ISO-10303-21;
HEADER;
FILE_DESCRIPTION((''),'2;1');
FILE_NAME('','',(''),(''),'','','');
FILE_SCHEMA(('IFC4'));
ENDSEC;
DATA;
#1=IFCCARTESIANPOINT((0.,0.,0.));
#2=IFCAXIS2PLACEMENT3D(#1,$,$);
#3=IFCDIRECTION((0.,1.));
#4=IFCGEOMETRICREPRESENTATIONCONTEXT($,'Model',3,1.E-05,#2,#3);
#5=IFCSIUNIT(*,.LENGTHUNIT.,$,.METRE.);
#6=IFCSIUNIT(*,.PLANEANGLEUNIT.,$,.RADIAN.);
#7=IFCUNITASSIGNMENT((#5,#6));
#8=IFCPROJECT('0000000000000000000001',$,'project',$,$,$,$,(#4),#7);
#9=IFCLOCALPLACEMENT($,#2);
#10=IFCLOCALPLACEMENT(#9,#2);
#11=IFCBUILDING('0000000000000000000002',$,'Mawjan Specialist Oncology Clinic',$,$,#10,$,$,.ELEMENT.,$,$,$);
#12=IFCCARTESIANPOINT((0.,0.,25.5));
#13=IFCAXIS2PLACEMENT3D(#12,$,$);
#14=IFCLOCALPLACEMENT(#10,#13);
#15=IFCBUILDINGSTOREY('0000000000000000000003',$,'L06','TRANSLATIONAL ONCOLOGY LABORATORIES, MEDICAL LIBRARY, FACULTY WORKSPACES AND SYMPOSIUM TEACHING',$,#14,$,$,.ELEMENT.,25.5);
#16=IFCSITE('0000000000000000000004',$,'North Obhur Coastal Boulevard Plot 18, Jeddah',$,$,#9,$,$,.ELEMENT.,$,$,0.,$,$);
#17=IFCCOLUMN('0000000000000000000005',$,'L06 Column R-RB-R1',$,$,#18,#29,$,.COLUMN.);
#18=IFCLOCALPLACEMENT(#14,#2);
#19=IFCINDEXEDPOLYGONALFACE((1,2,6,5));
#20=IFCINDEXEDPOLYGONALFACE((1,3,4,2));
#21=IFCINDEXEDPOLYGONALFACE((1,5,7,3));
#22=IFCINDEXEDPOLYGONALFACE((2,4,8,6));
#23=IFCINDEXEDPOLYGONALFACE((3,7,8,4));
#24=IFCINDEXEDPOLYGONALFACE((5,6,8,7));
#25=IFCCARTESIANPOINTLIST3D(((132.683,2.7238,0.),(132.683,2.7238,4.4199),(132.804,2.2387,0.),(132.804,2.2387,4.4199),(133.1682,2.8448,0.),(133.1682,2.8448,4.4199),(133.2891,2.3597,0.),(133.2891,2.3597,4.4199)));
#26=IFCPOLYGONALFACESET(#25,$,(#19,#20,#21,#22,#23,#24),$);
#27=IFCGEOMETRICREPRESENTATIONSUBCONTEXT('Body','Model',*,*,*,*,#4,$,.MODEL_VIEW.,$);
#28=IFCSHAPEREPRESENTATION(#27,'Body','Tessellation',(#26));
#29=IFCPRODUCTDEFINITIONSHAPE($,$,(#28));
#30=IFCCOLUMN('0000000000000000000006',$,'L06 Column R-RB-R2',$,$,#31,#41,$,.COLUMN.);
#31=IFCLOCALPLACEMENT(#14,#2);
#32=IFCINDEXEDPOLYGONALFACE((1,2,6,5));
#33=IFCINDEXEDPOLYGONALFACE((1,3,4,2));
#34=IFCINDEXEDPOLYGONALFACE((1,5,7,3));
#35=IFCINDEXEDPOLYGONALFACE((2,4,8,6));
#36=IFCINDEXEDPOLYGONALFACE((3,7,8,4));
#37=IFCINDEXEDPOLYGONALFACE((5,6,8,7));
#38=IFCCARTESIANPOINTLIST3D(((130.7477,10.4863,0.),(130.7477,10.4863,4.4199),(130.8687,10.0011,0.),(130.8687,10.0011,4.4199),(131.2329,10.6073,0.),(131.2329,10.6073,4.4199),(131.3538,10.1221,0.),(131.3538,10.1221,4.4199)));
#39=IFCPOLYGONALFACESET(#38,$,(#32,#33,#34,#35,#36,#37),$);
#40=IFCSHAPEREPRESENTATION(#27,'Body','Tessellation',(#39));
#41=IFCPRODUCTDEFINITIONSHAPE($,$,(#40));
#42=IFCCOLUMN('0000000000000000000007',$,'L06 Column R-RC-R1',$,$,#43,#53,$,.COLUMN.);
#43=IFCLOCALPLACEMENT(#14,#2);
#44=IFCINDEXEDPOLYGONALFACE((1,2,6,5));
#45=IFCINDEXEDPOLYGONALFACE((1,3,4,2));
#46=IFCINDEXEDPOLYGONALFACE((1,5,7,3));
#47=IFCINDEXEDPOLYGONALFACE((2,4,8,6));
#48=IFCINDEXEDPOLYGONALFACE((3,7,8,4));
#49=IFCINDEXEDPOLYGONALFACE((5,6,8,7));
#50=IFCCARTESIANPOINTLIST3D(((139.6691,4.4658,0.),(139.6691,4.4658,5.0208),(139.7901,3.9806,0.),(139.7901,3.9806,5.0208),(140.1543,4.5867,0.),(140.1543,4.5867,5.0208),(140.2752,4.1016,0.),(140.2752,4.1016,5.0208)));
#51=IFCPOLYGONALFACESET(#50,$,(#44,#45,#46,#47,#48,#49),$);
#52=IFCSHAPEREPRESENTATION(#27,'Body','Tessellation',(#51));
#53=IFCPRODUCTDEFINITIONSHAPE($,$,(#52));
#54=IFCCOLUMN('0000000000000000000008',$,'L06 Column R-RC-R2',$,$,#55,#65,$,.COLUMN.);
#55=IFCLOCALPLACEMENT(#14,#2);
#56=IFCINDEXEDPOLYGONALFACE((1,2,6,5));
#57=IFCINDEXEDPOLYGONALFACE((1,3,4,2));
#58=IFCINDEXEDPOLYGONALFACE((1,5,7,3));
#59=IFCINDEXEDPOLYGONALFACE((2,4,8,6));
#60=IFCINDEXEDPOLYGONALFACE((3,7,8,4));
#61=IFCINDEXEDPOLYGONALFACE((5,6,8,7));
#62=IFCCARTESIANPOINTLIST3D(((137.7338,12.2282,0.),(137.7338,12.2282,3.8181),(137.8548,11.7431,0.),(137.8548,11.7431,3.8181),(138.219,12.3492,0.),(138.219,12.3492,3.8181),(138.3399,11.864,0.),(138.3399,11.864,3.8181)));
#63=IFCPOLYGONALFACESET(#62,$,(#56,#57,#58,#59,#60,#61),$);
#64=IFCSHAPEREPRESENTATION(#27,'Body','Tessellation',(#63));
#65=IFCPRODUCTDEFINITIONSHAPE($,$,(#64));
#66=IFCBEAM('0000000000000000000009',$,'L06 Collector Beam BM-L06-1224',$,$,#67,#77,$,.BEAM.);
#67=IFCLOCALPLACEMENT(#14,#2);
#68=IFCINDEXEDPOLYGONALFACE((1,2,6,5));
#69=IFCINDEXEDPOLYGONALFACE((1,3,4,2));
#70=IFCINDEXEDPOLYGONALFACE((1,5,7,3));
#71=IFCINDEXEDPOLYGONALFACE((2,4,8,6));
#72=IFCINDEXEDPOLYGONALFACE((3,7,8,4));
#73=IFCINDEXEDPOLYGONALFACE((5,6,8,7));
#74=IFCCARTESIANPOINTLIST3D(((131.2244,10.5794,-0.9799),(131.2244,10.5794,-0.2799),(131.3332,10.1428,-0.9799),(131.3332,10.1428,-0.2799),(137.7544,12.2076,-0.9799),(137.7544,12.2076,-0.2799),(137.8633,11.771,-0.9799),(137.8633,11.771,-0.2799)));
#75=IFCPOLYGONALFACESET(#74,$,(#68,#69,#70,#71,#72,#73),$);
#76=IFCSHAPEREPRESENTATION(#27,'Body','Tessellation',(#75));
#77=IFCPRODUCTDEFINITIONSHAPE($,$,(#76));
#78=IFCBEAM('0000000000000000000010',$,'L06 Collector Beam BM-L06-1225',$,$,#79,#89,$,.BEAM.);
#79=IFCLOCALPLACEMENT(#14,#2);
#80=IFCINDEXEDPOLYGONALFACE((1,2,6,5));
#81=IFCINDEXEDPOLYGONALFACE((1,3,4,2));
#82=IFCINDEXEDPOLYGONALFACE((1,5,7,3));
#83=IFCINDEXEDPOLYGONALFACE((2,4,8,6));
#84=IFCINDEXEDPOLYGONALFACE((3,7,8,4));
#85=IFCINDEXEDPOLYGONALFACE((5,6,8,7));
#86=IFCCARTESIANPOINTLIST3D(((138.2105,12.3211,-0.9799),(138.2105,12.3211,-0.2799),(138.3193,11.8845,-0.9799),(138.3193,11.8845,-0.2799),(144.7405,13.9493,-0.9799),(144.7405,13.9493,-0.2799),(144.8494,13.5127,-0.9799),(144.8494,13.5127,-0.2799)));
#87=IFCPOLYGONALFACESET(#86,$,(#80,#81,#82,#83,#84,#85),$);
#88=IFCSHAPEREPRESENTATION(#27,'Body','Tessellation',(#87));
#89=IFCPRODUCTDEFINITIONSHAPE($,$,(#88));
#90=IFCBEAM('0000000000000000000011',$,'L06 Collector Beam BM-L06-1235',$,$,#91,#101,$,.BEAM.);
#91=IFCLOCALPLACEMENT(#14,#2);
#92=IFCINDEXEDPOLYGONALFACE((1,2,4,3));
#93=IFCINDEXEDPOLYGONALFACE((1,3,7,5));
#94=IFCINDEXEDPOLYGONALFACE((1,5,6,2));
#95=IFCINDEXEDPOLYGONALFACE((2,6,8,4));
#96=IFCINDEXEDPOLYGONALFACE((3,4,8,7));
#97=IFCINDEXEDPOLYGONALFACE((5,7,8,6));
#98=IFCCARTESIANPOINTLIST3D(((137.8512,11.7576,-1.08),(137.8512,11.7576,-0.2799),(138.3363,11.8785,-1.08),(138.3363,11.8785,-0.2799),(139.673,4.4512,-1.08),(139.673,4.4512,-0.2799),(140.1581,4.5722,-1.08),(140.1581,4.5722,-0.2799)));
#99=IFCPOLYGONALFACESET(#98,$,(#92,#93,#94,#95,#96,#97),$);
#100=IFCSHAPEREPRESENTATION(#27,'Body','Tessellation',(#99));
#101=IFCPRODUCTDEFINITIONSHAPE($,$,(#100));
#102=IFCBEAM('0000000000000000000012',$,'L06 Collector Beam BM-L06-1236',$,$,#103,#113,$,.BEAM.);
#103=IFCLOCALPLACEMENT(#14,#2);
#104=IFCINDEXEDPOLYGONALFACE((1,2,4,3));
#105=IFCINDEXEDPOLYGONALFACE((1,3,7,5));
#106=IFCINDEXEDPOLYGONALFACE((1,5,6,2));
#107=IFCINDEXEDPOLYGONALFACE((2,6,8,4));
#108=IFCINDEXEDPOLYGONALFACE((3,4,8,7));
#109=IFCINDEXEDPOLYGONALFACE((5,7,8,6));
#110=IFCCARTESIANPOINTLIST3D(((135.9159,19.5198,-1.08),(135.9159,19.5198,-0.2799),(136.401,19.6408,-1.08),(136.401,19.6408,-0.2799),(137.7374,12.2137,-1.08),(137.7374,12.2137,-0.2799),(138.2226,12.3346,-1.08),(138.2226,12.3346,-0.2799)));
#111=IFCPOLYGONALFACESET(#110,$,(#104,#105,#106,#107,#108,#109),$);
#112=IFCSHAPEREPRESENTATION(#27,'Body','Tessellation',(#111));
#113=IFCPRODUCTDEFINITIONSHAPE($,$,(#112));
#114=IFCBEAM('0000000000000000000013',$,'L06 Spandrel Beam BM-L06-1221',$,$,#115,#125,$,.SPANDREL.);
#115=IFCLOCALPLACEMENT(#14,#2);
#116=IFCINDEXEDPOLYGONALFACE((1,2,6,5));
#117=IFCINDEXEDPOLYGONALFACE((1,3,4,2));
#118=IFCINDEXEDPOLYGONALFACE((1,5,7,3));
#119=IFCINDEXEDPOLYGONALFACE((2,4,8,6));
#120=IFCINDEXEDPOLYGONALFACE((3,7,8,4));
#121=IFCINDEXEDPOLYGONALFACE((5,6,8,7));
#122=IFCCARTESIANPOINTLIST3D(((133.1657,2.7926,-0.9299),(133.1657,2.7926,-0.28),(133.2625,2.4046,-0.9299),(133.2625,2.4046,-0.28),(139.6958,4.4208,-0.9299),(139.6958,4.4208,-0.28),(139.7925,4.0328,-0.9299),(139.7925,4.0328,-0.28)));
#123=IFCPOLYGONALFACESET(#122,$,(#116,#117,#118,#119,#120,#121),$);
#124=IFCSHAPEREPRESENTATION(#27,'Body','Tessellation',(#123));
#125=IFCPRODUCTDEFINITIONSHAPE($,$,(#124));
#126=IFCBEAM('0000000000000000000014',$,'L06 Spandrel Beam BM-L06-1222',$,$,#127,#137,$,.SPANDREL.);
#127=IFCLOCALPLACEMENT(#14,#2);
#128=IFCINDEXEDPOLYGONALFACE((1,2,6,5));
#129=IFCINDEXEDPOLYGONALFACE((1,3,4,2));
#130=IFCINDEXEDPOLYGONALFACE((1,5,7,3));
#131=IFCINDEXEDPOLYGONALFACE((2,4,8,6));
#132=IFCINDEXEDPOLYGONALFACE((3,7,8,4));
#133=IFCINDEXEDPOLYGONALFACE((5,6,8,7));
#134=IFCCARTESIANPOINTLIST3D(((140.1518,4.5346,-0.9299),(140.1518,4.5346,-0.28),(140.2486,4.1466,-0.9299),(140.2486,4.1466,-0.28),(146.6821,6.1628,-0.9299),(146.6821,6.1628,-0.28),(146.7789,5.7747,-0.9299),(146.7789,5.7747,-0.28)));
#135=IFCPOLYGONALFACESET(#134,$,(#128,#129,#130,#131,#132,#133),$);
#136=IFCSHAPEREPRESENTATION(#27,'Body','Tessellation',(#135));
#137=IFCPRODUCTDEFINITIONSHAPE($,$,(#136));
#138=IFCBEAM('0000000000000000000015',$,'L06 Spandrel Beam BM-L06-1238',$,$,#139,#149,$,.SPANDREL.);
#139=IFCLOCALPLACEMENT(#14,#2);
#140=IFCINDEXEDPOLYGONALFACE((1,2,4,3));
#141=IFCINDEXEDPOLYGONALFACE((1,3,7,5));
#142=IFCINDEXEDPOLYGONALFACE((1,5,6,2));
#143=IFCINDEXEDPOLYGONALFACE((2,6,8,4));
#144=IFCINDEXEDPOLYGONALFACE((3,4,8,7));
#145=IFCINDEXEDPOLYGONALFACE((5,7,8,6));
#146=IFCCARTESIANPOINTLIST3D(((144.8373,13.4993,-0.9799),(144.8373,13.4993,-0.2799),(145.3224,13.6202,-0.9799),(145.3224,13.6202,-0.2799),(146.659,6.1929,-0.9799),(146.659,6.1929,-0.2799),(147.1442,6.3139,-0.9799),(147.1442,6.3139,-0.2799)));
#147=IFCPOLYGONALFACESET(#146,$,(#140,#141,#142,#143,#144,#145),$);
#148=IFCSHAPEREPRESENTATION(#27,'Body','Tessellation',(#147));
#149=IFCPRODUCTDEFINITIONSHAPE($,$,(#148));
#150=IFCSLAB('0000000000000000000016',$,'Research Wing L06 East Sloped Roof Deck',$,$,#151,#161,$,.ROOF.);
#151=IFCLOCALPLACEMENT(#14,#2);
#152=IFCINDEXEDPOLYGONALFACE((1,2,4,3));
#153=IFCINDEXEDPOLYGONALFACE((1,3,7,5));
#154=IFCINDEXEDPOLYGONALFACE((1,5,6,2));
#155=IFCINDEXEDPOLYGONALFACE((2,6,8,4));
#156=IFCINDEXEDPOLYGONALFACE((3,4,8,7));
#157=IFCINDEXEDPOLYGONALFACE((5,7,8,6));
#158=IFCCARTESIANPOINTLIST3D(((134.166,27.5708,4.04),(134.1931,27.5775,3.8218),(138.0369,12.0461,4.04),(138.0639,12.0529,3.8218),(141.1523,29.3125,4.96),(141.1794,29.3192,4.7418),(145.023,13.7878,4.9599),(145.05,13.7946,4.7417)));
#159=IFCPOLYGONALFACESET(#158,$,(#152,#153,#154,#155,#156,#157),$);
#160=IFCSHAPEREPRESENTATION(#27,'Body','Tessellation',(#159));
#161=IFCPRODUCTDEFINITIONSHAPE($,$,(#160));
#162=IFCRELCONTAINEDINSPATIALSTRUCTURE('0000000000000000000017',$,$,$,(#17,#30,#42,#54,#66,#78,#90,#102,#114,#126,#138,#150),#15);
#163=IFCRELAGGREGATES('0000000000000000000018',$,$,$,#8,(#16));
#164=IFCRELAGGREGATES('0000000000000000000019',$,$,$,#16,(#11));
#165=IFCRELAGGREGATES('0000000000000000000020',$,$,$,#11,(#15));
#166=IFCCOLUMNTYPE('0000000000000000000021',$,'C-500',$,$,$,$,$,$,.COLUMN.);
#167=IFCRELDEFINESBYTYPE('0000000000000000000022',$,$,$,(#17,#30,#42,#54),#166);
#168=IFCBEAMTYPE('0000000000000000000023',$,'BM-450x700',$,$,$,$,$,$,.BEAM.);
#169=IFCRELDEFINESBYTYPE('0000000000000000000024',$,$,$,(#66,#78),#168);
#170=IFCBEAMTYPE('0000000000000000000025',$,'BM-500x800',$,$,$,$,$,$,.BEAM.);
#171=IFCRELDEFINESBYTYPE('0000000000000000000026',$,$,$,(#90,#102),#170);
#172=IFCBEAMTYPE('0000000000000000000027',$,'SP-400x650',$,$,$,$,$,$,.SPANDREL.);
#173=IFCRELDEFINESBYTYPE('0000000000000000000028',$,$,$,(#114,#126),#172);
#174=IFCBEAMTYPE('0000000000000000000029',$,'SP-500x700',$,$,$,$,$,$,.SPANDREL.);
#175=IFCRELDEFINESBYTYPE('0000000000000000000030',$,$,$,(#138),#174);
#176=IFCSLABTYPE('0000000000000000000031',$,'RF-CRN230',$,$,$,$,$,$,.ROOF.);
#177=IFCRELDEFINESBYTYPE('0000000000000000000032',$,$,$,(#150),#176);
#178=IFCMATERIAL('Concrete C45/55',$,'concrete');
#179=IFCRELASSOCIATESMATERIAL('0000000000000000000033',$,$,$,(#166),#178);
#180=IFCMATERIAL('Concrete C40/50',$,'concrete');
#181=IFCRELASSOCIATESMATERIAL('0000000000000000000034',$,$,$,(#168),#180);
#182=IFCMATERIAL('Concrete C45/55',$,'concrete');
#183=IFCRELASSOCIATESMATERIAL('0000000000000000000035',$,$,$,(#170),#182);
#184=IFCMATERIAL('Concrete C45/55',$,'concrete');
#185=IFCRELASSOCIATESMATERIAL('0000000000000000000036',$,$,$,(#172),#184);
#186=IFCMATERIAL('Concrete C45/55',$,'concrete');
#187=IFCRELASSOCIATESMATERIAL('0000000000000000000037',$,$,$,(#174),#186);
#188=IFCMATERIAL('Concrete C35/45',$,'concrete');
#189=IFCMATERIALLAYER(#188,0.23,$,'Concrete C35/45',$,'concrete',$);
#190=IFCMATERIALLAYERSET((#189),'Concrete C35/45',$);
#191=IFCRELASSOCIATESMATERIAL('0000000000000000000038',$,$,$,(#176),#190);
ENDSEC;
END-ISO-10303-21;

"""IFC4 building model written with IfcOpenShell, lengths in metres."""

from ifc_helpers import new_model, si_unit, direction, frame, origin, origin_2d, place, context, subcontext, project, spatial, polyline, rectangle, outline, extrude, material, layer, layer_set, material_profile, profile_set, type_object, element, save


model = new_model("IFC4")

# Units and contexts
model_context = context("Model", 3, precision=1e-05, world=origin(), true_north=direction((0.0, 1.0)))
body_context = subcontext(model_context, "Body", "Model", "MODEL_VIEW")
ifc_project = project(units=[si_unit("LENGTHUNIT", "METRE"), si_unit("PLANEANGLEUNIT", "RADIAN")], contexts=[model_context])

# Site, building, storey
site_placement = place(None, origin())
site = spatial("IfcSite", under=ifc_project, at=site_placement, Name="North Obhur Coastal Boulevard Plot 18, Jeddah", CompositionType="ELEMENT", RefElevation=0.0)
building_placement = place(site_placement, origin())
building = spatial("IfcBuilding", under=site, at=building_placement, Name="Mawjan Specialist Oncology Clinic", CompositionType="ELEMENT")
storey_placement = place(building_placement, frame((0.0, 0.0, 25.5)))
storey = spatial("IfcBuildingStorey", under=building, at=storey_placement, Name="L06", Description="TRANSLATIONAL ONCOLOGY LABORATORIES, MEDICAL LIBRARY, FACULTY WORKSPACES AND SYMPOSIUM TEACHING", CompositionType="ELEMENT", Elevation=25.5)

# Columns
ifc_material_1 = material(Name="Concrete C45/55", Category="concrete")
ifc_material_profile_1 = material_profile(ifc_material_1, rectangle(XDim=0.5, YDim=0.5, at=origin_2d()), Name="RC COL 500x500", Category="concrete")
ifc_profile_set_1 = profile_set([ifc_material_profile_1], Name="Concrete C45/55")
column_type = type_object("IfcColumnType", Name="C-500", PredefinedType="COLUMN", material=ifc_profile_set_1)
for number, where, z_axis, x_axis, name in (
    (1, (132.9861, 2.5417, 0.0), (0.0, 0.0, 1.0), (0.970296, 0.241922, 0.0), "L06 Column R-RB-R1"),
    (2, (131.0508, 10.3042, 0.0), (0.0, 0.0, 1.0), (0.970296, 0.241922, 0.0), "L06 Column R-RB-R2"),
):
    element("IfcColumn", number, at=place(storey_placement, frame(where, z_axis=z_axis, x_axis=x_axis)), inside=storey, type_object=column_type, Name=name, PredefinedType="COLUMN", context=body_context, shape_type="SweptSolid", body=[
        extrude(rectangle(XDim=0.5, YDim=0.5, at=origin_2d()), origin(), (0.0, 0.0, 1.0), 4.4199),
    ])
column_1_placement = place(storey_placement, frame((139.9722, 4.2837, 0.0), z_axis=(0.0, 0.0, 1.0), x_axis=(0.970296, 0.241922, 0.0)))
element("IfcColumn", 3, at=column_1_placement, inside=storey, type_object=column_type, Name="L06 Column R-RC-R1", PredefinedType="COLUMN", context=body_context, shape_type="SweptSolid", body=[
    extrude(rectangle(XDim=0.5, YDim=0.5, at=origin_2d()), origin(), (0.0, 0.0, 1.0), 5.0208),
])
column_2_placement = place(storey_placement, frame((138.0369, 12.0461, 0.0), z_axis=(0.0, 0.0, 1.0), x_axis=(0.970296, 0.241922, 0.0)))
element("IfcColumn", 4, at=column_2_placement, inside=storey, type_object=column_type, Name="L06 Column R-RC-R2", PredefinedType="COLUMN", context=body_context, shape_type="SweptSolid", body=[
    extrude(rectangle(XDim=0.5, YDim=0.5, at=origin_2d()), origin(), (0.0, 0.0, 1.0), 3.8181),
])

# Beams
ifc_material_2 = material(Name="Concrete C40/50", Category="concrete")
ifc_material_profile_2 = material_profile(ifc_material_2, rectangle(XDim=0.45, YDim=0.7, at=origin_2d()), Name="RC BM 450x700", Category="concrete")
ifc_profile_set_2 = profile_set([ifc_material_profile_2], Name="Concrete C40/50")
beam_type_1 = type_object("IfcBeamType", Name="BM-450x700", PredefinedType="BEAM", material=ifc_profile_set_2)
for number, where, z_axis, x_axis, name in (
    (5, (131.2788, 10.3611, -0.6299), (0.970294, 0.24193, 0.0), (-0.24193, 0.970294, 0.0), "L06 Collector Beam BM-L06-1224"),
    (6, (138.2649, 12.1028, -0.6299), (0.970294, 0.24193, 0.0), (-0.24193, 0.970294, 0.0), "L06 Collector Beam BM-L06-1225"),
):
    element("IfcBeam", number, at=place(storey_placement, frame(where, z_axis=z_axis, x_axis=x_axis)), inside=storey, type_object=beam_type_1, Name=name, PredefinedType="BEAM", context=body_context, shape_type="SweptSolid", body=[
        extrude(rectangle(XDim=0.45, YDim=0.7, at=origin_2d()), origin(), (0.0, 0.0, 1.0), 6.73),
    ])
ifc_material_3 = material(Name="Concrete C45/55", Category="concrete")
ifc_material_profile_3 = material_profile(ifc_material_3, rectangle(XDim=0.5, YDim=0.8, at=origin_2d()), Name="RC BM 500x800", Category="concrete")
ifc_profile_set_3 = profile_set([ifc_material_profile_3], Name="Concrete C45/55")
beam_type_2 = type_object("IfcBeamType", Name="BM-500x800", PredefinedType="BEAM", material=ifc_profile_set_3)
beam_1_placement = place(storey_placement, frame((139.9155, 4.5117, -0.6799), z_axis=(-0.241933, 0.970293, 0.0), x_axis=(-0.970293, -0.241933, 0.0)))
element("IfcBeam", 7, at=beam_1_placement, inside=storey, type_object=beam_type_2, Name="L06 Collector Beam BM-L06-1235", PredefinedType="BEAM", context=body_context, shape_type="SweptSolid", body=[
    extrude(rectangle(XDim=0.5, YDim=0.8, at=origin_2d()), origin(), (0.0, 0.0, 1.0), 7.53),
])
beam_2_placement = place(storey_placement, frame((137.98, 12.2742, -0.6799), z_axis=(-0.24191, 0.970299, 0.0), x_axis=(-0.970299, -0.24191, 0.0)))
element("IfcBeam", 8, at=beam_2_placement, inside=storey, type_object=beam_type_2, Name="L06 Collector Beam BM-L06-1236", PredefinedType="BEAM", context=body_context, shape_type="SweptSolid", body=[
    extrude(rectangle(XDim=0.5, YDim=0.8, at=origin_2d()), origin(), (0.0, 0.0, 1.0), 7.5298),
])
ifc_material_4 = material(Name="Concrete C45/55", Category="concrete")
ifc_material_profile_4 = material_profile(ifc_material_4, rectangle(XDim=0.3999, YDim=0.6499, at=origin_2d()), Name="RC BM 400x650", Category="concrete")
ifc_profile_set_4 = profile_set([ifc_material_profile_4], Name="Concrete C45/55")
beam_type_3 = type_object("IfcBeamType", Name="SP-400x650", PredefinedType="SPANDREL", material=ifc_profile_set_4)
beam_3_placement = place(storey_placement, frame((133.2141, 2.5986, -0.605), z_axis=(0.970294, 0.24193, 0.0), x_axis=(-0.24193, 0.970294, 0.0)))
element("IfcBeam", 9, at=beam_3_placement, inside=storey, type_object=beam_type_3, Name="L06 Spandrel Beam BM-L06-1221", PredefinedType="SPANDREL", context=body_context, shape_type="SweptSolid", body=[
    extrude(rectangle(XDim=0.3999, YDim=0.6499, at=origin_2d()), origin(), (0.0, 0.0, 1.0), 6.73),
])
beam_4_placement = place(storey_placement, frame((140.2002, 4.3406, -0.605), z_axis=(0.970296, 0.241921, 0.0), x_axis=(-0.241921, 0.970296, 0.0)))
element("IfcBeam", 10, at=beam_4_placement, inside=storey, type_object=beam_type_3, Name="L06 Spandrel Beam BM-L06-1222", PredefinedType="SPANDREL", context=body_context, shape_type="SweptSolid", body=[
    extrude(rectangle(XDim=0.3999, YDim=0.6499, at=origin_2d()), origin(), (0.0, 0.0, 1.0), 6.7302),
])
ifc_material_5 = material(Name="Concrete C45/55", Category="concrete")
ifc_material_profile_5 = material_profile(ifc_material_5, rectangle(XDim=0.5, YDim=0.7, at=origin_2d()), Name="RC BM 500x700", Category="concrete")
ifc_profile_set_5 = profile_set([ifc_material_profile_5], Name="Concrete C45/55")
beam_type_4 = type_object("IfcBeamType", Name="SP-500x700", PredefinedType="SPANDREL", material=ifc_profile_set_5)
beam_5_placement = place(storey_placement, frame((146.9016, 6.2534, -0.6299), z_axis=(-0.241933, 0.970293, 0.0), x_axis=(-0.970293, -0.241933, 0.0)))
element("IfcBeam", 11, at=beam_5_placement, inside=storey, type_object=beam_type_4, Name="L06 Spandrel Beam BM-L06-1238", PredefinedType="SPANDREL", context=body_context, shape_type="SweptSolid", body=[
    extrude(rectangle(XDim=0.5, YDim=0.7, at=origin_2d()), origin(), (0.0, 0.0, 1.0), 7.53),
])

# Slab
ifc_material_6 = material(Name="Concrete C35/45", Category="concrete")
ifc_layer_1 = layer(ifc_material_6, 0.23, Name="Concrete C35/45", Category="concrete")
ifc_layer_set_1 = layer_set([ifc_layer_1], Name="Concrete C35/45")
slab_type = type_object("IfcSlabType", Name="RF-CRN230", PredefinedType="ROOF", material=ifc_layer_set_1)
slab_placement = place(storey_placement, frame((138.0369, 12.0461, 4.04), z_axis=(-0.122971, -0.03066, 0.991936), x_axis=(0.962476, 0.239955, 0.126736)))
element("IfcSlab", 12, at=slab_placement, inside=storey, type_object=slab_type, Name="Research Wing L06 East Sloped Roof Deck", PredefinedType="ROOF", context=body_context, shape_type="SweptSolid", body=[
    extrude(outline(polyline([(0.0, 0.0), (7.2585, 0.0), (7.2583, 15.9999), (-0.0004, 16.0), (0.0, 0.0)])), origin(), (0.0, 0.0, -1.0), 0.22),
])

save(model, "model.ifc")
